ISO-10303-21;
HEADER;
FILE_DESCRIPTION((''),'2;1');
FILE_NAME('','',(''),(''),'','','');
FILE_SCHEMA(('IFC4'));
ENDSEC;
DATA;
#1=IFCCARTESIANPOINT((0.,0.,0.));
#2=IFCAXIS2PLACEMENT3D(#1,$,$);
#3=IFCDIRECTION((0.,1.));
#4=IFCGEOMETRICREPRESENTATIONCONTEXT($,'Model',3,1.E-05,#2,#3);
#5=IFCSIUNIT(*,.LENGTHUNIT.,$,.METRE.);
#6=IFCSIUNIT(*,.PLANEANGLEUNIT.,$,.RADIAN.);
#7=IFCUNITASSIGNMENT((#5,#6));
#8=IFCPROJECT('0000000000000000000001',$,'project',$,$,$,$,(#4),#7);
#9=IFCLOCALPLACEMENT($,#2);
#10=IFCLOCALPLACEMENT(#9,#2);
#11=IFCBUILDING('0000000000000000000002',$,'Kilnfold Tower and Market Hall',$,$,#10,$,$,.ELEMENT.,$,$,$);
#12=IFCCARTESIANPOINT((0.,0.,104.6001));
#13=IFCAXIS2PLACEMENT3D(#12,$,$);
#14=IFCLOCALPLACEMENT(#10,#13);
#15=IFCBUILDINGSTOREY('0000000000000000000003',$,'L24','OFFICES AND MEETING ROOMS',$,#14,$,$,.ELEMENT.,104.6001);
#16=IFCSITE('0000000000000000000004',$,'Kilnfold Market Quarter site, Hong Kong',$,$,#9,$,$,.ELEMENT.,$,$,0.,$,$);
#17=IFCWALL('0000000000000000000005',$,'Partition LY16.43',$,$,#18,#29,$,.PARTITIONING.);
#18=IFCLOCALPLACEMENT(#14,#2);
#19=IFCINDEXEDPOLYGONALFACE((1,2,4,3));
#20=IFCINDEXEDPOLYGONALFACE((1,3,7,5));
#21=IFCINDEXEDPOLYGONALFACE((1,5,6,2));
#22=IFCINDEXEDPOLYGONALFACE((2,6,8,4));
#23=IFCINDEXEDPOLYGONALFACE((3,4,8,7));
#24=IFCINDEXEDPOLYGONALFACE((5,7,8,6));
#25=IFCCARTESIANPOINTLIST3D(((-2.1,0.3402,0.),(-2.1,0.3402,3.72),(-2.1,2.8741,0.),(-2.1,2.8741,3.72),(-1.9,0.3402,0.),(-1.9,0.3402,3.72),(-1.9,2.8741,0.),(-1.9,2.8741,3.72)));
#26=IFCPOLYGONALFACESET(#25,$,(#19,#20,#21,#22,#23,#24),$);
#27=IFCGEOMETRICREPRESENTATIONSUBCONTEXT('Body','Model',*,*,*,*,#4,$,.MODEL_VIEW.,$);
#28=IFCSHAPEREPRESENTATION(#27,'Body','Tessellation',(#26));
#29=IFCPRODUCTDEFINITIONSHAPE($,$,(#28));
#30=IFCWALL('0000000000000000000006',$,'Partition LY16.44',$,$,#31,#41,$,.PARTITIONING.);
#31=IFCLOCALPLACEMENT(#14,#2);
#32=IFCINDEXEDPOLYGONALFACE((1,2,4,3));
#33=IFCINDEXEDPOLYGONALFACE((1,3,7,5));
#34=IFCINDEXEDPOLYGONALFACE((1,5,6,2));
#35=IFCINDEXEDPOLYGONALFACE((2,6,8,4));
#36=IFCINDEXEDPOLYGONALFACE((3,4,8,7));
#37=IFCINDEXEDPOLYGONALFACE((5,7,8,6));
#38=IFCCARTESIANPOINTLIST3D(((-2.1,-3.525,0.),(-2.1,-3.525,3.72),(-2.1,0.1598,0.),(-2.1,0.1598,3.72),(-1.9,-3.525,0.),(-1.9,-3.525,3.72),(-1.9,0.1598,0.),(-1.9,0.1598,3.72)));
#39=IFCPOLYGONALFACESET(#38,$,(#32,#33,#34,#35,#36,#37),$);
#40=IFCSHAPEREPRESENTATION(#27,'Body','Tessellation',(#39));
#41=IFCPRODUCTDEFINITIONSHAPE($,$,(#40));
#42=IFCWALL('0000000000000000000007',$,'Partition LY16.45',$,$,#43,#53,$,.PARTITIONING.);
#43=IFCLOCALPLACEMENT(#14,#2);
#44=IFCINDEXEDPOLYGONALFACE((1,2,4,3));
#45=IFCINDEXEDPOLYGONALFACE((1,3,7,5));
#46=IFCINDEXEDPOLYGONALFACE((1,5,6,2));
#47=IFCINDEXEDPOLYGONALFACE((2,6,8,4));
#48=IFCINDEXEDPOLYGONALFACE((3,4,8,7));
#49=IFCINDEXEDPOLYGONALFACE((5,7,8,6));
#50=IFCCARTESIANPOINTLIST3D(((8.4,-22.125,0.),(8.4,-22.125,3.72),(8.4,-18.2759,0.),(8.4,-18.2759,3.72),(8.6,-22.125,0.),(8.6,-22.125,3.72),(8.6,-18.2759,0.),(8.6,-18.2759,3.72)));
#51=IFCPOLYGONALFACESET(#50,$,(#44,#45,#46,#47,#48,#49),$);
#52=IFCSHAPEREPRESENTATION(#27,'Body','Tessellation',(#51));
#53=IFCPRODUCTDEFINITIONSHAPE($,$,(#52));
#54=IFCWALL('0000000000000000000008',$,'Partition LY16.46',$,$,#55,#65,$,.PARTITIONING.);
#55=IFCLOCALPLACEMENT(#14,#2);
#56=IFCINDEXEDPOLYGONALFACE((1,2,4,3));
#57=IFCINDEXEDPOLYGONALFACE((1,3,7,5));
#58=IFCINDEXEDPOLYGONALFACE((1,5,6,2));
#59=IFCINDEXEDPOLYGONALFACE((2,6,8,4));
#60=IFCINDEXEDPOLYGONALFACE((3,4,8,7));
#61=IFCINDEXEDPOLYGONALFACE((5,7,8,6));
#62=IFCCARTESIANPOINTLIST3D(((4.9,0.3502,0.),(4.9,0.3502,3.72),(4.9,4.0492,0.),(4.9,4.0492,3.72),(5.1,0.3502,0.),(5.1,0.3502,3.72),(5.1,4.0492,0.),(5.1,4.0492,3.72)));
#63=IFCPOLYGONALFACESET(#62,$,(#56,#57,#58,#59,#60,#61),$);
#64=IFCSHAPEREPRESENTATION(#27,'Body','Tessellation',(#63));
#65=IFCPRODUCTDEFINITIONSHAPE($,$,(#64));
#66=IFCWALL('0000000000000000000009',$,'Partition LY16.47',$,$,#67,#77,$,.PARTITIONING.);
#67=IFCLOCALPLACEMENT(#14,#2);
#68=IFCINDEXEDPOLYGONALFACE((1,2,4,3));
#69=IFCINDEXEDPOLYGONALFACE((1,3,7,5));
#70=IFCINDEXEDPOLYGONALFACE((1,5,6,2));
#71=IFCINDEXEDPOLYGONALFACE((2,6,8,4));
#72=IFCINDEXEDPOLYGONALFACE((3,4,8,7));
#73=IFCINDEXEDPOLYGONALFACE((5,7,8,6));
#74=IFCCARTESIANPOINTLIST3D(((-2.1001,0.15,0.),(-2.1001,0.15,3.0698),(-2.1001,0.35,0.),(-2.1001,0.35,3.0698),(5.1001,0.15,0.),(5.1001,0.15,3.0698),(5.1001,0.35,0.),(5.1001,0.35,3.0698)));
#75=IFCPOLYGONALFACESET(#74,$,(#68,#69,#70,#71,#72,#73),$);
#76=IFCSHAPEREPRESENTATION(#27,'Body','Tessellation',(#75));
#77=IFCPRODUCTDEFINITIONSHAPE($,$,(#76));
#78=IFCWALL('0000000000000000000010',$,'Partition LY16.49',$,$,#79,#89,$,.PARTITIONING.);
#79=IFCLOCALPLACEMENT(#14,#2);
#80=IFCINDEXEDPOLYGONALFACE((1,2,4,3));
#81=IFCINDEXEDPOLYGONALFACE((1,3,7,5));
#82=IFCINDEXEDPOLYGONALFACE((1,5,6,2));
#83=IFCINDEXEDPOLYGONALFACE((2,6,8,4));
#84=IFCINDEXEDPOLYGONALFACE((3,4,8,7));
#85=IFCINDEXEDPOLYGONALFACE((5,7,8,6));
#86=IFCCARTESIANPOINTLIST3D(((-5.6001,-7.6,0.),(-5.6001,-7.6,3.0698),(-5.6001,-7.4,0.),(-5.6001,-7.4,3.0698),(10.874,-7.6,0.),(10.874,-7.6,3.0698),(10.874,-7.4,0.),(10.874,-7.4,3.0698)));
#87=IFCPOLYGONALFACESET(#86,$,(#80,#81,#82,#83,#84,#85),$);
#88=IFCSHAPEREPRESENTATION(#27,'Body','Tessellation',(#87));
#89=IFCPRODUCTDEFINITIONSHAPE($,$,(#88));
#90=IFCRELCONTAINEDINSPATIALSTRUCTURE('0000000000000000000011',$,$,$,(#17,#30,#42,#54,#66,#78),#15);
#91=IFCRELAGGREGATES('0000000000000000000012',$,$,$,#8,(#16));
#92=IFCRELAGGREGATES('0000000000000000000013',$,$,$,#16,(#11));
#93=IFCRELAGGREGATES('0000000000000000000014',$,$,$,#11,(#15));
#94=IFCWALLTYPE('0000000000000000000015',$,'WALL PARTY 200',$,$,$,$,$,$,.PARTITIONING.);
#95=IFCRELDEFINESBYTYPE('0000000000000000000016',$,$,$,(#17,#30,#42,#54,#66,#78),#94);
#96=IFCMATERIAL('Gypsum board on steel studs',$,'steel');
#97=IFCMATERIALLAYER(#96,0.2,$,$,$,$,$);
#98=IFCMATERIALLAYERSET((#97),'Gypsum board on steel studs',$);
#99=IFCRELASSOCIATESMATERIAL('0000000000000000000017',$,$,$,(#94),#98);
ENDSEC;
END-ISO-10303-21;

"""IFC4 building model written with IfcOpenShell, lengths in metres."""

from ifc_helpers import new_model, si_unit, direction, frame, frame_2d, origin, place, context, subcontext, project, spatial, rectangle, extrude, material, layer, layer_set, type_object, element, save


model = new_model("IFC4")

# Units and contexts
model_context = context("Model", 3, precision=1e-05, world=origin(), true_north=direction((0.0, 1.0)))
body_context = subcontext(model_context, "Body", "Model", "MODEL_VIEW")
ifc_project = project(units=[si_unit("LENGTHUNIT", "METRE"), si_unit("PLANEANGLEUNIT", "RADIAN")], contexts=[model_context])

# Site, building, storey
site_placement = place(None, origin())
site = spatial("IfcSite", under=ifc_project, at=site_placement, Name="Kilnfold Market Quarter site, Hong Kong", CompositionType="ELEMENT", RefElevation=0.0)
building_placement = place(site_placement, origin())
building = spatial("IfcBuilding", under=site, at=building_placement, Name="Kilnfold Tower and Market Hall", CompositionType="ELEMENT")
storey_placement = place(building_placement, frame((0.0, 0.0, 104.6001)))
storey = spatial("IfcBuildingStorey", under=building, at=storey_placement, Name="L24", Description="OFFICES AND MEETING ROOMS", CompositionType="ELEMENT", Elevation=104.6001)

# Walls
ifc_material_1 = material(Name="Gypsum board on steel studs", Category="steel")
ifc_layer_1 = layer(ifc_material_1, 0.2)
ifc_layer_set_1 = layer_set([ifc_layer_1], Name="Gypsum board on steel studs")
wall_type_1 = type_object("IfcWallType", Name="WALL PARTY 200", PredefinedType="PARTITIONING", material=ifc_layer_set_1)
wall_1_placement = place(storey_placement, frame((-2.0, 0.3401, 0.0), z_axis=(0.0, 0.0, 1.0), x_axis=(0.0, 1.0, 0.0)))
element("IfcWall", 1, at=wall_1_placement, inside=storey, type_object=wall_type_1, Name="Partition LY16.43", PredefinedType="PARTITIONING", context=body_context, shape_type="SweptSolid", body=[
    extrude(rectangle(XDim=2.5339, YDim=0.2, at=frame_2d((1.2671, 0.0))), origin(), (0.0, 0.0, 1.0), 3.72),
])
wall_2_placement = place(storey_placement, frame((-2.0, -3.5249, 0.0), z_axis=(0.0, 0.0, 1.0), x_axis=(0.0, 1.0, 0.0)))
element("IfcWall", 2, at=wall_2_placement, inside=storey, type_object=wall_type_1, Name="Partition LY16.44", PredefinedType="PARTITIONING", context=body_context, shape_type="SweptSolid", body=[
    extrude(rectangle(XDim=3.6848, YDim=0.2, at=frame_2d((1.8423, 0.0))), origin(), (0.0, 0.0, 1.0), 3.72),
])
wall_3_placement = place(storey_placement, frame((8.5, -22.125, 0.0), z_axis=(0.0, 0.0, 1.0), x_axis=(0.0, 1.0, 0.0)))
element("IfcWall", 3, at=wall_3_placement, inside=storey, type_object=wall_type_1, Name="Partition LY16.45", PredefinedType="PARTITIONING", context=body_context, shape_type="SweptSolid", body=[
    extrude(rectangle(XDim=3.8491, YDim=0.2, at=frame_2d((1.9246, 0.0))), origin(), (0.0, 0.0, 1.0), 3.72),
])
wall_4_placement = place(storey_placement, frame((5.0, 0.3501, 0.0), z_axis=(0.0, 0.0, 1.0), x_axis=(0.0, 1.0, 0.0)))
element("IfcWall", 4, at=wall_4_placement, inside=storey, type_object=wall_type_1, Name="Partition LY16.46", PredefinedType="PARTITIONING", context=body_context, shape_type="SweptSolid", body=[
    extrude(rectangle(XDim=3.699, YDim=0.2, at=frame_2d((1.8496, 0.0))), origin(), (0.0, 0.0, 1.0), 3.72),
])
wall_5_placement = place(storey_placement, frame((-2.1001, 0.25, 0.0), z_axis=(0.0, 0.0, 1.0), x_axis=(1.0, 0.0, 0.0)))
element("IfcWall", 5, at=wall_5_placement, inside=storey, type_object=wall_type_1, Name="Partition LY16.47", PredefinedType="PARTITIONING", context=body_context, shape_type="SweptSolid", body=[
    extrude(rectangle(XDim=7.2002, YDim=0.2, at=frame_2d((3.6001, 0.0))), origin(), (0.0, 0.0, 1.0), 3.0698),
])
wall_6_placement = place(storey_placement, frame((-5.6001, -7.5, 0.0), z_axis=(0.0, 0.0, 1.0), x_axis=(1.0, 0.0, 0.0)))
element("IfcWall", 6, at=wall_6_placement, inside=storey, type_object=wall_type_1, Name="Partition LY16.49", PredefinedType="PARTITIONING", context=body_context, shape_type="SweptSolid", body=[
    extrude(rectangle(XDim=16.4741, YDim=0.2, at=frame_2d((8.2371, 0.0))), origin(), (0.0, 0.0, 1.0), 3.0698),
])

save(model, "model.ifc")
